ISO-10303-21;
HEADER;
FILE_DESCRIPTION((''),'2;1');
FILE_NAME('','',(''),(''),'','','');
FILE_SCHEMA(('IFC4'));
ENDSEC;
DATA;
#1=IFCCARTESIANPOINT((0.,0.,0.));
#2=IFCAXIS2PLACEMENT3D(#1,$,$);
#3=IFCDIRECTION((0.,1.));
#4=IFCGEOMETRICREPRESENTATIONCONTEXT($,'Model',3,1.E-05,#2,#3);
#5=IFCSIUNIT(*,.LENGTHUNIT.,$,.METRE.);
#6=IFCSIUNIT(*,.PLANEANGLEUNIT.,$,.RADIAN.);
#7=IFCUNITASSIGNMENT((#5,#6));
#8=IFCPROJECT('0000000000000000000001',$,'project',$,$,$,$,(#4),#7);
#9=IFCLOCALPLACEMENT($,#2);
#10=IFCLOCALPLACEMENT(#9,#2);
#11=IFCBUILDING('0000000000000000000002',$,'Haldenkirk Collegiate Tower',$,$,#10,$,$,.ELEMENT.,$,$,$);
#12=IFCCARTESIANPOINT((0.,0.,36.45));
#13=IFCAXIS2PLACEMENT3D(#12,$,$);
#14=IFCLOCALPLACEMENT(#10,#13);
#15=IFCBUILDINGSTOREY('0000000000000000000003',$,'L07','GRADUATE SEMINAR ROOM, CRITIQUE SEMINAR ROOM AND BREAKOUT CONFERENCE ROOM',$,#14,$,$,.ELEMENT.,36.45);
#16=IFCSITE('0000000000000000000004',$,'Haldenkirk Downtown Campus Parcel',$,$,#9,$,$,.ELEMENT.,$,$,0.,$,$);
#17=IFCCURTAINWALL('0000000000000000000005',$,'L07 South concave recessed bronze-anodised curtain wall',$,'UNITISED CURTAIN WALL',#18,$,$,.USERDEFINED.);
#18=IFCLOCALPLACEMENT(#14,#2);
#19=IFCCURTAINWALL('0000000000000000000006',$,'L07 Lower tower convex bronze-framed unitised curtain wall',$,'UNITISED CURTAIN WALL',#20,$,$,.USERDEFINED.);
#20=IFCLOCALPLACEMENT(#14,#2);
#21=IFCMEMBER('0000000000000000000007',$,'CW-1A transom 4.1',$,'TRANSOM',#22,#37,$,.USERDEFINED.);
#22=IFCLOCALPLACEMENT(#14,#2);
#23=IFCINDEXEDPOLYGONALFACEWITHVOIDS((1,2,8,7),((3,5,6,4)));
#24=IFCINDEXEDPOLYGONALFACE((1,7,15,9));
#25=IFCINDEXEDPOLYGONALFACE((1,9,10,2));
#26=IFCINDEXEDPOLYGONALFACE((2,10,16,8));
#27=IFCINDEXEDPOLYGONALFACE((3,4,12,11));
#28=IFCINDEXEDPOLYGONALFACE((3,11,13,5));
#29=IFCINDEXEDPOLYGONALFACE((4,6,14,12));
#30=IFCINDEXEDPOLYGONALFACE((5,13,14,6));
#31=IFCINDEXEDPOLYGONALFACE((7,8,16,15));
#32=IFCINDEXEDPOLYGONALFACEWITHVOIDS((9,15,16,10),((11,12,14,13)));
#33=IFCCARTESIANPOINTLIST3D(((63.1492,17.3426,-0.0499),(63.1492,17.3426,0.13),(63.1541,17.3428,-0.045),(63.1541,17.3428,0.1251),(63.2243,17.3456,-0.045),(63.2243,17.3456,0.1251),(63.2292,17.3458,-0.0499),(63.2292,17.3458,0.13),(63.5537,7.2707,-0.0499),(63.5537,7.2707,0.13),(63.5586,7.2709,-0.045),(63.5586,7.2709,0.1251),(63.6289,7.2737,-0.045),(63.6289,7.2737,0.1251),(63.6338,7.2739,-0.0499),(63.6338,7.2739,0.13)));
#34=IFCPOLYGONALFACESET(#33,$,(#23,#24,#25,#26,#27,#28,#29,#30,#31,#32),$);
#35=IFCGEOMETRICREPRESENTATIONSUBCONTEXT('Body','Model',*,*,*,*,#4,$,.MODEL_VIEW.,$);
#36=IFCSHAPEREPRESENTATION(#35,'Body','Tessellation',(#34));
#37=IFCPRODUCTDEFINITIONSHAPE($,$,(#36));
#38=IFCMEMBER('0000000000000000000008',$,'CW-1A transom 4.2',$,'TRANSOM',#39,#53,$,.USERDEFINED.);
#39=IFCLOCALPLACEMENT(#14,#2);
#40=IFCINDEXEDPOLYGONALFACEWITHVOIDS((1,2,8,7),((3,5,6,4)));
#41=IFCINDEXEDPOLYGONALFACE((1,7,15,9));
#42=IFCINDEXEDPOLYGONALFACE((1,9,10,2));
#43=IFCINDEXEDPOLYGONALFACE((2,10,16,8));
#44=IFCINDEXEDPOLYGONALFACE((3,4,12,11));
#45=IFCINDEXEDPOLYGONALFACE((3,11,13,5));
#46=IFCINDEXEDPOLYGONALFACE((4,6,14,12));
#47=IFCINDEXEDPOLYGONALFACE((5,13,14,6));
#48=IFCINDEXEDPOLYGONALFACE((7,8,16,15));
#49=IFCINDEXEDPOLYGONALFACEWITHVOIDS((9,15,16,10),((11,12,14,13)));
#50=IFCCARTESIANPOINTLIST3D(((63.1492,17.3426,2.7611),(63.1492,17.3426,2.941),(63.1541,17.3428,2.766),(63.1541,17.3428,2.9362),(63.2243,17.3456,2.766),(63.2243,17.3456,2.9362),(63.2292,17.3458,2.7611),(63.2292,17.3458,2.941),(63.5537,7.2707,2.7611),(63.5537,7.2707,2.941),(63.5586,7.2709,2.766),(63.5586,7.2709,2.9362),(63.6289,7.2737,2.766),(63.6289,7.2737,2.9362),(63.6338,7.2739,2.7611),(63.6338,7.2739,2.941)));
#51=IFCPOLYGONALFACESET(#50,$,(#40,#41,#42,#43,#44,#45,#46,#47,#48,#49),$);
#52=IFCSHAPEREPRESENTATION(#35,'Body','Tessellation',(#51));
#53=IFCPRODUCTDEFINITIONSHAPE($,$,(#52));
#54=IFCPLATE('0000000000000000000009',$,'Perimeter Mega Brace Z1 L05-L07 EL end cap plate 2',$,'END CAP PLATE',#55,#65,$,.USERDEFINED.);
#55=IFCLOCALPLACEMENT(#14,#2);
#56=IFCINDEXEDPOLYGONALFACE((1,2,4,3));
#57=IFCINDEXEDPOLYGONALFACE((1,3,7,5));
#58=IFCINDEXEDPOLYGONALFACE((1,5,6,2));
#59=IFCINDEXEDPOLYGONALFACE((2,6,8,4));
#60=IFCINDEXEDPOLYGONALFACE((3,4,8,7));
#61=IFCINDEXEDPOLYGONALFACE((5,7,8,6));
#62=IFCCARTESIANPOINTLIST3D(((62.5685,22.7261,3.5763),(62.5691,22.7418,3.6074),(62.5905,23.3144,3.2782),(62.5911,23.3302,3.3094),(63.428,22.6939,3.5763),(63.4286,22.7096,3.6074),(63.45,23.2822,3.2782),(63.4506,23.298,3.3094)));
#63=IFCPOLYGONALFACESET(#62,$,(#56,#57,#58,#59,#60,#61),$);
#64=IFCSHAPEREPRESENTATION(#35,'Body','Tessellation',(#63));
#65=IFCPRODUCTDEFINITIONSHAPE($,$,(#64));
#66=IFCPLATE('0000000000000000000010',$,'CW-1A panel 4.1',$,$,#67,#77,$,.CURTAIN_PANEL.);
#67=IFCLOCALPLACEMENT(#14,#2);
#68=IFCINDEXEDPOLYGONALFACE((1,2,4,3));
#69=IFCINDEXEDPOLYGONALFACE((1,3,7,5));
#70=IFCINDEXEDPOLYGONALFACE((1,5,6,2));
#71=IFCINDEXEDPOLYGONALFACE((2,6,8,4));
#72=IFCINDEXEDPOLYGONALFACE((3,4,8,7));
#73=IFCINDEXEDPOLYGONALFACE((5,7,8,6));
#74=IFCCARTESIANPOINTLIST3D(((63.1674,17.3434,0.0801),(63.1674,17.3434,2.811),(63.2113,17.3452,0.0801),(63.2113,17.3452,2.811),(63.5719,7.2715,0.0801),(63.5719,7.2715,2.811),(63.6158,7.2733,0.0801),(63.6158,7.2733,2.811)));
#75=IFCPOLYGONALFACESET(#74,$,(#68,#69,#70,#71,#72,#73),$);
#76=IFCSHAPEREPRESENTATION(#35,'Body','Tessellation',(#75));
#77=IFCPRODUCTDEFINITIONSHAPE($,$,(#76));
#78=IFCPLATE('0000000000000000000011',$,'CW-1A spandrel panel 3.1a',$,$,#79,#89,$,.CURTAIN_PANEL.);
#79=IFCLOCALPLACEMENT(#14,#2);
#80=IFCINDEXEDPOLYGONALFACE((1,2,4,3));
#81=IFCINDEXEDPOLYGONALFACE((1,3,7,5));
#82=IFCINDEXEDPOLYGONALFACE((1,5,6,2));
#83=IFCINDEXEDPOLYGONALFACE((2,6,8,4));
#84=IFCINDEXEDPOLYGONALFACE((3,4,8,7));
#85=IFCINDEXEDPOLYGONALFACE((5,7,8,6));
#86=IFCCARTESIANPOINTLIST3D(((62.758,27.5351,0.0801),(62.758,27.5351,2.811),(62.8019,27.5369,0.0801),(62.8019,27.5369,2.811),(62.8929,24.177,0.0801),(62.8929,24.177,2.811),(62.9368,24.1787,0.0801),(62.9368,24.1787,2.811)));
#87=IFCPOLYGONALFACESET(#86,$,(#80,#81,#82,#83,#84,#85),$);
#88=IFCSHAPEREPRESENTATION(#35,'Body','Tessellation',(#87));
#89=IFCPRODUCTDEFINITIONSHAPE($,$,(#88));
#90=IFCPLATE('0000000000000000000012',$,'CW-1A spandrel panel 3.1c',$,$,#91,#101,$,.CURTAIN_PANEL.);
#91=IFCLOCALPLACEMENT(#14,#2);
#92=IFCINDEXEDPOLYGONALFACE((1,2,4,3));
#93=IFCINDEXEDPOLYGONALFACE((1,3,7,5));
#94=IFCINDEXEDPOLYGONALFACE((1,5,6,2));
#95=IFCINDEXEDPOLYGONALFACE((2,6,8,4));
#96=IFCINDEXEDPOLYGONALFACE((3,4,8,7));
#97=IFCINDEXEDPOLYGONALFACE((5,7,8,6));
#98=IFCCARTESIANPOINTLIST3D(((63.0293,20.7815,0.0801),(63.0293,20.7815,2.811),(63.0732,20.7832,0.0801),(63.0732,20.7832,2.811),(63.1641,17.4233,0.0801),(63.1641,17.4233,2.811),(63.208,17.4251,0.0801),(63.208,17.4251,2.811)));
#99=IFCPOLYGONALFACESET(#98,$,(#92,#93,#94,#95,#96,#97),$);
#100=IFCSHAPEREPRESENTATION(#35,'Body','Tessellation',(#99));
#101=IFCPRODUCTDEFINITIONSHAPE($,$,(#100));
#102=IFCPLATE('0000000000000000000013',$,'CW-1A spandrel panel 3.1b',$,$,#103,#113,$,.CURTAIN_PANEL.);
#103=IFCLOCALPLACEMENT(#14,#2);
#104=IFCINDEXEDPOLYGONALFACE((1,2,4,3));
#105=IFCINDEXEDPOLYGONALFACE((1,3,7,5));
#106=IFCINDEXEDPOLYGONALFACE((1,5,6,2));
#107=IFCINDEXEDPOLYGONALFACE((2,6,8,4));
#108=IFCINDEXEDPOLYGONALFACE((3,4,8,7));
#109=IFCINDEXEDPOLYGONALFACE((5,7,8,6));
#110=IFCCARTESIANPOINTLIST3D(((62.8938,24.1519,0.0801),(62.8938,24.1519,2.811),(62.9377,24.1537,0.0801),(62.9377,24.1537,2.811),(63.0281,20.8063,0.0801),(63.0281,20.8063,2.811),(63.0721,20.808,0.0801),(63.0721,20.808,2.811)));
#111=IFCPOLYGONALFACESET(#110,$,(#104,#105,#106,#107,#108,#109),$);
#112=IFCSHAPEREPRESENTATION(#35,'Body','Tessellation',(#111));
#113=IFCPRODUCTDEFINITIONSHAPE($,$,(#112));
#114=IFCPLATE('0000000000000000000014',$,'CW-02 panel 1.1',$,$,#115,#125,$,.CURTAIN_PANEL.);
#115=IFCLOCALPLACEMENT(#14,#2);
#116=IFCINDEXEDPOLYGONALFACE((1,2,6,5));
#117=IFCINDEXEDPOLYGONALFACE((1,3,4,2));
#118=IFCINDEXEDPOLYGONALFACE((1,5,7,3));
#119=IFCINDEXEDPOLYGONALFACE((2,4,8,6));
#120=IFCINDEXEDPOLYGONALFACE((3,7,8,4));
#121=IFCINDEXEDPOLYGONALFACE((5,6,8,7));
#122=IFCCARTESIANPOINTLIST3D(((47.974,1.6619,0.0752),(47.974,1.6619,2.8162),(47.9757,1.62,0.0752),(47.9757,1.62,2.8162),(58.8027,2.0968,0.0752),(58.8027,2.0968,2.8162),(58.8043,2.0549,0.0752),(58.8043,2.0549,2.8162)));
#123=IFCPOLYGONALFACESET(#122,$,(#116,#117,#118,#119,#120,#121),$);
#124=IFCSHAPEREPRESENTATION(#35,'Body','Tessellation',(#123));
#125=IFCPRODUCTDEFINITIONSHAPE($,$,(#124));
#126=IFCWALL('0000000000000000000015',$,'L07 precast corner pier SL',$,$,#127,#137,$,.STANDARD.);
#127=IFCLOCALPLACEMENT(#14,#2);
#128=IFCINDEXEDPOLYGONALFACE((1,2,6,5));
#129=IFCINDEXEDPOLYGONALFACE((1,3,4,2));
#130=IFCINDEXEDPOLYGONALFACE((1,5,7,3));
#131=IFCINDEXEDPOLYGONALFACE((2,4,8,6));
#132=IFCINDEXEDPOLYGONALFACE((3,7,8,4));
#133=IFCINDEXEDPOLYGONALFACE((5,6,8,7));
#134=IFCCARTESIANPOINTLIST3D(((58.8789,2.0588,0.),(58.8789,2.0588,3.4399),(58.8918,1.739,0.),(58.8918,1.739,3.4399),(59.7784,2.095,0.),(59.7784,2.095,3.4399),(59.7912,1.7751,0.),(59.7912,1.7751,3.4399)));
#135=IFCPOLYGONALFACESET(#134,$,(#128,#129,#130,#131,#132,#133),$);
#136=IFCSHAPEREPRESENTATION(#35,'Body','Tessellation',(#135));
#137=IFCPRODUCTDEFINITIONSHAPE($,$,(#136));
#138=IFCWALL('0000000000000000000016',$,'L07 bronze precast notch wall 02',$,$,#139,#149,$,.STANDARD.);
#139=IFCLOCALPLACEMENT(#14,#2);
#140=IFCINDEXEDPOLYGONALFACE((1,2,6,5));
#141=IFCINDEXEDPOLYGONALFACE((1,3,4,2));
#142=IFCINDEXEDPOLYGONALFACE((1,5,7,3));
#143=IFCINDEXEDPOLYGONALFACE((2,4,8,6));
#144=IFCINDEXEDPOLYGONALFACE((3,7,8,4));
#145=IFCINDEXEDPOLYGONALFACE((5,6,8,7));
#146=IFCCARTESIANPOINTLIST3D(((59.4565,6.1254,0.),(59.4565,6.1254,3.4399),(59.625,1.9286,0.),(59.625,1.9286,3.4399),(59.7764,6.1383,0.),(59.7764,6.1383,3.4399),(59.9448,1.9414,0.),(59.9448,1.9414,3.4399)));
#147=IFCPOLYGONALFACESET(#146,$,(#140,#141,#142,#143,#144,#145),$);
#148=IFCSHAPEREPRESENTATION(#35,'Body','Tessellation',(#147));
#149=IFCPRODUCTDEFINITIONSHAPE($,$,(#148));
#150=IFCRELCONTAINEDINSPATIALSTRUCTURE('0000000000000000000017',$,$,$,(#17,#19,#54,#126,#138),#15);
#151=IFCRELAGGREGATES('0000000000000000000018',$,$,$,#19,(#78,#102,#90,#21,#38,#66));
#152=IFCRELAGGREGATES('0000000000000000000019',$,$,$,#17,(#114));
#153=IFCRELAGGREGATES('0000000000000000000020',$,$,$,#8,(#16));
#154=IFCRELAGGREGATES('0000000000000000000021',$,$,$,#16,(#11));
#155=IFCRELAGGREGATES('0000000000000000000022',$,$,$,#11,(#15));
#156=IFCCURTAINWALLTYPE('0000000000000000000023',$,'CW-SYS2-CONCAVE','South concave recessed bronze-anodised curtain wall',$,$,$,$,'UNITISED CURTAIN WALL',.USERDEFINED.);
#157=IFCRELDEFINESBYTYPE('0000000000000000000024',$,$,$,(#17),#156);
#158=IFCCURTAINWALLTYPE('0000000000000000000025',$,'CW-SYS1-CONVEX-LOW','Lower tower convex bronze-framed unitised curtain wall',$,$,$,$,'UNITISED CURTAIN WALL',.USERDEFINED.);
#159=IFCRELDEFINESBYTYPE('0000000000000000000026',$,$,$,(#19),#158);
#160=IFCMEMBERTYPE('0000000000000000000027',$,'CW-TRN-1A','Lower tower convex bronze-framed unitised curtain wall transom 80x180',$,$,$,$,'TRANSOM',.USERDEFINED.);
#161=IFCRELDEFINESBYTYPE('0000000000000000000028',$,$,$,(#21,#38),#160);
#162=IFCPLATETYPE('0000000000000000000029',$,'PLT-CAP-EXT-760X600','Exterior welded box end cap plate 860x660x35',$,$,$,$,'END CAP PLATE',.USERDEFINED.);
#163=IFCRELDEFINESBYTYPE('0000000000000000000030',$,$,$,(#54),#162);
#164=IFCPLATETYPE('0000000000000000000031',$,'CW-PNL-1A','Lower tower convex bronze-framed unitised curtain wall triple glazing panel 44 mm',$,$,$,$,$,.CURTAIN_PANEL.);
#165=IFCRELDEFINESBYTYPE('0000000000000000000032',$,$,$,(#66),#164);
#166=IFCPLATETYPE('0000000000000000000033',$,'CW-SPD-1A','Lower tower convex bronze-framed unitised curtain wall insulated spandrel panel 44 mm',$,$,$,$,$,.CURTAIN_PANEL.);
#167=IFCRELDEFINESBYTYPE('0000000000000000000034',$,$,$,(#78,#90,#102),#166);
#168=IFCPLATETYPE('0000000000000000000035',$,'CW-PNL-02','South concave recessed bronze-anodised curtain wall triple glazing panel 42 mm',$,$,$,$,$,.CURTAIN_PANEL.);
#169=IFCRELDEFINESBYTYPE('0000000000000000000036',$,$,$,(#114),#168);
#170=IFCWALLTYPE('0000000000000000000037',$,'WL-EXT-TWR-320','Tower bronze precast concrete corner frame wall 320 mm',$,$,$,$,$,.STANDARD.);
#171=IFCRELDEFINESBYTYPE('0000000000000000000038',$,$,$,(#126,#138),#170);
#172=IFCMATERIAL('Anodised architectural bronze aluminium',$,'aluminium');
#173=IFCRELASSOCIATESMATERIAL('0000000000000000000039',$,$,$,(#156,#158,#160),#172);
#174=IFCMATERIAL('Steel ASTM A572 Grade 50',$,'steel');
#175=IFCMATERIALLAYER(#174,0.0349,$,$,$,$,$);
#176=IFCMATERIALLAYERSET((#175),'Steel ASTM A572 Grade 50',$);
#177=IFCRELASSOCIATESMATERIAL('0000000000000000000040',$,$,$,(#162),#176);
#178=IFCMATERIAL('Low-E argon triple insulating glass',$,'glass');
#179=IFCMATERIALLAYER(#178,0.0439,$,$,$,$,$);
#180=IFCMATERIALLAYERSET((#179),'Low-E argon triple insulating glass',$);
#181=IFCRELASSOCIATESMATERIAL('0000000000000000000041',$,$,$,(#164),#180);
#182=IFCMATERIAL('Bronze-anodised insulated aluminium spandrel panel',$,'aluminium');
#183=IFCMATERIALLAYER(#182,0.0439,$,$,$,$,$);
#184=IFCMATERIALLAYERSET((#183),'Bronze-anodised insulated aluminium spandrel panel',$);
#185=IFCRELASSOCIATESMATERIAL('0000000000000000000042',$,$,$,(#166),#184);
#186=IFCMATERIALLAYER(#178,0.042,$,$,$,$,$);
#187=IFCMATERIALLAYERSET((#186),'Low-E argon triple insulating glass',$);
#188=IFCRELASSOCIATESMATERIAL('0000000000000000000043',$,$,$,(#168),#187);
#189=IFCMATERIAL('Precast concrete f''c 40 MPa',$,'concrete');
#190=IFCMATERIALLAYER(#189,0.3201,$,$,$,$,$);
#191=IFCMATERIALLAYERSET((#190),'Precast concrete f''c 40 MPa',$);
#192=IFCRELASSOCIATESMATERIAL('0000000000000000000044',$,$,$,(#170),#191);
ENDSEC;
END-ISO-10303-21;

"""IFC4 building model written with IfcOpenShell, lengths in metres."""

from ifc_helpers import new_model, si_unit, direction, frame, frame_2d, origin, origin_2d, place, context, subcontext, project, spatial, rectangle, hollow_rectangle, extrude, source, transform, mapped, material, layer, layer_set, material_profile, profile_set, type_object, element, aggregate, save


model = new_model("IFC4")

# Units and contexts
model_context = context("Model", 3, precision=1e-05, world=origin(), true_north=direction((0.0, 1.0)))
body_context = subcontext(model_context, "Body", "Model", "MODEL_VIEW")
ifc_project = project(units=[si_unit("LENGTHUNIT", "METRE"), si_unit("PLANEANGLEUNIT", "RADIAN")], contexts=[model_context])

# Site, building, storey
site_placement = place(None, origin())
site = spatial("IfcSite", under=ifc_project, at=site_placement, Name="Haldenkirk Downtown Campus Parcel", CompositionType="ELEMENT", RefElevation=0.0)
building_placement = place(site_placement, origin())
building = spatial("IfcBuilding", under=site, at=building_placement, Name="Haldenkirk Collegiate Tower", CompositionType="ELEMENT")
storey_placement = place(building_placement, frame((0.0, 0.0, 36.45)))
storey = spatial("IfcBuildingStorey", under=building, at=storey_placement, Name="L07", Description="GRADUATE SEMINAR ROOM, CRITIQUE SEMINAR ROOM AND BREAKOUT CONFERENCE ROOM", CompositionType="ELEMENT", Elevation=36.45)

# Shared definitions
ifc_material_1 = material(Name="Steel ASTM A572 Grade 50", Category="steel")

# Curtain walls
ifc_material_2 = material(Name="Anodised architectural bronze aluminium", Category="aluminium")
curtain_wall_type_1 = type_object("IfcCurtainWallType", Name="CW-SYS2-CONCAVE", Description="South concave recessed bronze-anodised curtain wall", ElementType="UNITISED CURTAIN WALL", PredefinedType="USERDEFINED", material=ifc_material_2)
curtain_wall_1_placement = place(storey_placement, origin())
curtain_wall_1 = element("IfcCurtainWall", 1, at=curtain_wall_1_placement, inside=storey, type_object=curtain_wall_type_1, Name="L07 South concave recessed bronze-anodised curtain wall", ObjectType="UNITISED CURTAIN WALL", PredefinedType="USERDEFINED")
curtain_wall_type_2 = type_object("IfcCurtainWallType", Name="CW-SYS1-CONVEX-LOW", Description="Lower tower convex bronze-framed unitised curtain wall", ElementType="UNITISED CURTAIN WALL", PredefinedType="USERDEFINED", material=ifc_material_2)
curtain_wall_2_placement = place(storey_placement, origin())
curtain_wall_2 = element("IfcCurtainWall", 2, at=curtain_wall_2_placement, inside=storey, type_object=curtain_wall_type_2, Name="L07 Lower tower convex bronze-framed unitised curtain wall", ObjectType="UNITISED CURTAIN WALL", PredefinedType="USERDEFINED")

# Members
ifc_material_profile_1 = material_profile(ifc_material_2, hollow_rectangle(XDim=0.0801, YDim=0.1799, WallThickness=0.0049, at=origin_2d()), Name="CW-TRN-1A")
ifc_profile_set_1 = profile_set([ifc_material_profile_1], Name="Anodised architectural bronze aluminium")
member_type_1 = type_object("IfcMemberType", Name="CW-TRN-1A", Description="Lower tower convex bronze-framed unitised curtain wall transom 80x180", ElementType="TRANSOM", PredefinedType="USERDEFINED", material=ifc_profile_set_1)
member_1_placement = place(storey_placement, frame((63.1892, 17.3442, 0.04), z_axis=(0.040132, -0.999194, 0.0), x_axis=(0.999194, 0.040132, 0.0)))
member_1 = element("IfcMember", 3, at=member_1_placement, type_object=member_type_1, Name="CW-1A transom 4.1", ObjectType="TRANSOM", PredefinedType="USERDEFINED", context=body_context, shape_type="SweptSolid", body=[
    extrude(hollow_rectangle(XDim=0.0801, YDim=0.1799, WallThickness=0.0049, at=origin_2d()), origin(), (0.0, 0.0, 1.0), 10.0801),
])
member_2_placement = place(storey_placement, frame((63.1892, 17.3442, 2.8511), z_axis=(0.040132, -0.999194, 0.0), x_axis=(0.999194, 0.040132, 0.0)))
member_2 = element("IfcMember", 4, at=member_2_placement, type_object=member_type_1, Name="CW-1A transom 4.2", ObjectType="TRANSOM", PredefinedType="USERDEFINED", context=body_context, shape_type="SweptSolid", body=[
    extrude(hollow_rectangle(XDim=0.0801, YDim=0.1799, WallThickness=0.0049, at=origin_2d()), origin(), (0.0, 0.0, 1.0), 10.0801),
])

# Plates
ifc_layer_1 = layer(ifc_material_1, 0.0349)
ifc_layer_set_1 = layer_set([ifc_layer_1], Name="Steel ASTM A572 Grade 50")
plate_type_1 = type_object("IfcPlateType", Name="PLT-CAP-EXT-760X600", Description="Exterior welded box end cap plate 860x660x35", ElementType="END CAP PLATE", PredefinedType="USERDEFINED", material=ifc_layer_set_1)
shared_shape_1 = source(origin(), body_context, "Body", "SweptSolid", [
    extrude(rectangle(XDim=0.8601, YDim=0.6599, at=origin_2d()), origin(), (0.0, 0.0, 1.0), 0.0349),
])
plate_1_placement = place(storey_placement, frame((63.0093, 23.0042, 3.4272), z_axis=(0.0169, 0.451374, 0.892175), x_axis=(-0.9993, 0.037414, 0.0)))
element("IfcPlate", 5, at=plate_1_placement, inside=storey, type_object=plate_type_1, Name="Perimeter Mega Brace Z1 L05-L07 EL end cap plate 2", ObjectType="END CAP PLATE", PredefinedType="USERDEFINED", context=body_context, shape_type="MappedRepresentation", body=[
    mapped(shared_shape_1, transform((0.0, 0.0, 0.0), x_axis=(1.0, 0.0, 0.0), y_axis=(0.0, 1.0, 0.0), z_axis=(0.0, 0.0, 1.0), scale=1.0)),
])
ifc_material_3 = material(Name="Low-E argon triple insulating glass", Category="glass")
ifc_layer_2 = layer(ifc_material_3, 0.0439)
ifc_layer_set_2 = layer_set([ifc_layer_2], Name="Low-E argon triple insulating glass")
plate_type_2 = type_object("IfcPlateType", Name="CW-PNL-1A", Description="Lower tower convex bronze-framed unitised curtain wall triple glazing panel 44 mm", PredefinedType="CURTAIN_PANEL", material=ifc_layer_set_2)
shared_shape_2 = source(origin(), body_context, "Body", "SweptSolid", [
    extrude(rectangle(XDim=10.0801, YDim=0.0439, at=origin_2d()), origin(), (0.0, 0.0, 1.0), 2.731),
])
plate_2_placement = place(storey_placement, frame((63.3916, 12.3083, 0.0801), z_axis=(0.0, 0.0, 1.0), x_axis=(0.040132, -0.999194, 0.0)))
plate_2 = element("IfcPlate", 6, at=plate_2_placement, type_object=plate_type_2, Name="CW-1A panel 4.1", PredefinedType="CURTAIN_PANEL", context=body_context, shape_type="MappedRepresentation", body=[
    mapped(shared_shape_2, transform((0.0, 0.0, 0.0), x_axis=(1.0, 0.0, 0.0), y_axis=(0.0, 1.0, 0.0), z_axis=(0.0, 0.0, 1.0), scale=1.0)),
])
ifc_material_4 = material(Name="Bronze-anodised insulated aluminium spandrel panel", Category="aluminium")
ifc_layer_3 = layer(ifc_material_4, 0.0439)
ifc_layer_set_3 = layer_set([ifc_layer_3], Name="Bronze-anodised insulated aluminium spandrel panel")
plate_type_3 = type_object("IfcPlateType", Name="CW-SPD-1A", Description="Lower tower convex bronze-framed unitised curtain wall insulated spandrel panel 44 mm", PredefinedType="CURTAIN_PANEL", material=ifc_layer_set_3)
shared_shape_3 = source(origin(), body_context, "Body", "SweptSolid", [
    extrude(rectangle(XDim=3.3608, YDim=0.0439, at=origin_2d()), origin(), (0.0, 0.0, 1.0), 2.731),
])
plate_3_placement = place(storey_placement, frame((62.8474, 25.8569, 0.0801), z_axis=(0.0, 0.0, 1.0), x_axis=(0.040132, -0.999194, 0.0)))
plate_3 = element("IfcPlate", 7, at=plate_3_placement, type_object=plate_type_3, Name="CW-1A spandrel panel 3.1a", PredefinedType="CURTAIN_PANEL", context=body_context, shape_type="MappedRepresentation", body=[
    mapped(shared_shape_3, transform((0.0, 0.0, 0.0), x_axis=(1.0, 0.0, 0.0), y_axis=(0.0, 1.0, 0.0), z_axis=(0.0, 0.0, 1.0), scale=1.0)),
])
plate_4_placement = place(storey_placement, frame((63.1187, 19.1033, 0.0801), z_axis=(0.0, 0.0, 1.0), x_axis=(0.040132, -0.999194, 0.0)))
plate_4 = element("IfcPlate", 8, at=plate_4_placement, type_object=plate_type_3, Name="CW-1A spandrel panel 3.1c", PredefinedType="CURTAIN_PANEL", context=body_context, shape_type="MappedRepresentation", body=[
    mapped(shared_shape_3, transform((0.0, 0.0, 0.0), x_axis=(1.0, 0.0, 0.0), y_axis=(0.0, 1.0, 0.0), z_axis=(0.0, 0.0, 1.0), scale=1.0)),
])
shared_shape_4 = source(origin(), body_context, "Body", "SweptSolid", [
    extrude(rectangle(XDim=3.3484, YDim=0.0439, at=origin_2d()), origin(), (0.0, 0.0, 1.0), 2.731),
])
plate_5_placement = place(storey_placement, frame((62.9829, 22.48, 0.0801), z_axis=(0.0, 0.0, 1.0), x_axis=(0.040132, -0.999194, 0.0)))
plate_5 = element("IfcPlate", 9, at=plate_5_placement, type_object=plate_type_3, Name="CW-1A spandrel panel 3.1b", PredefinedType="CURTAIN_PANEL", context=body_context, shape_type="MappedRepresentation", body=[
    mapped(shared_shape_4, transform((0.0, 0.0, 0.0), x_axis=(1.0, 0.0, 0.0), y_axis=(0.0, 1.0, 0.0), z_axis=(0.0, 0.0, 1.0), scale=1.0)),
])
aggregate(curtain_wall_2, [plate_3, plate_5, plate_4, member_1, member_2, plate_2])
ifc_layer_4 = layer(ifc_material_3, 0.042)
ifc_layer_set_4 = layer_set([ifc_layer_4], Name="Low-E argon triple insulating glass")
plate_type_4 = type_object("IfcPlateType", Name="CW-PNL-02", Description="South concave recessed bronze-anodised curtain wall triple glazing panel 42 mm", PredefinedType="CURTAIN_PANEL", material=ifc_layer_set_4)
shared_shape_5 = source(origin(), body_context, "Body", "SweptSolid", [
    extrude(rectangle(XDim=10.8374, YDim=0.042, at=origin_2d()), origin(), (0.0, 0.0, 1.0), 2.741),
])
plate_6_placement = place(storey_placement, frame((53.3892, 1.8584, 0.0752), z_axis=(0.0, 0.0, 1.0), x_axis=(-0.999194, -0.040133, 0.0)))
plate_6 = element("IfcPlate", 10, at=plate_6_placement, type_object=plate_type_4, Name="CW-02 panel 1.1", PredefinedType="CURTAIN_PANEL", context=body_context, shape_type="MappedRepresentation", body=[
    mapped(shared_shape_5, transform((0.0, 0.0, 0.0), x_axis=(1.0, 0.0, 0.0), y_axis=(0.0, 1.0, 0.0), z_axis=(0.0, 0.0, 1.0), scale=1.0)),
])
aggregate(curtain_wall_1, [plate_6])

# Walls
ifc_material_5 = material(Name="Precast concrete f'c 40 MPa", Category="concrete")
ifc_layer_5 = layer(ifc_material_5, 0.3201)
ifc_layer_set_5 = layer_set([ifc_layer_5], Name="Precast concrete f'c 40 MPa")
wall_type_1 = type_object("IfcWallType", Name="WL-EXT-TWR-320", Description="Tower bronze precast concrete corner frame wall 320 mm", PredefinedType="STANDARD", material=ifc_layer_set_5)
wall_1_placement = place(storey_placement, frame((59.7849, 1.9351, 0.0), z_axis=(0.0, 0.0, 1.0), x_axis=(-0.999194, -0.040141, 0.0)))
element("IfcWall", 11, at=wall_1_placement, inside=storey, type_object=wall_type_1, Name="L07 precast corner pier SL", PredefinedType="STANDARD", context=body_context, shape_type="SweptSolid", body=[
    extrude(rectangle(XDim=0.9001, YDim=0.3201, at=frame_2d((0.4502, 0.0))), origin(), (0.0, 0.0, 1.0), 3.4399),
])
wall_2_placement = place(storey_placement, frame((59.6165, 6.1318, 0.0), z_axis=(0.0, 0.0, 1.0), x_axis=(0.040107, -0.999195, 0.0)))
element("IfcWall", 12, at=wall_2_placement, inside=storey, type_object=wall_type_1, Name="L07 bronze precast notch wall 02", PredefinedType="STANDARD", context=body_context, shape_type="SweptSolid", body=[
    extrude(rectangle(XDim=4.2002, YDim=0.3201, at=frame_2d((2.1001, 0.0))), origin(), (0.0, 0.0, 1.0), 3.4399),
])

save(model, "model.ifc")
